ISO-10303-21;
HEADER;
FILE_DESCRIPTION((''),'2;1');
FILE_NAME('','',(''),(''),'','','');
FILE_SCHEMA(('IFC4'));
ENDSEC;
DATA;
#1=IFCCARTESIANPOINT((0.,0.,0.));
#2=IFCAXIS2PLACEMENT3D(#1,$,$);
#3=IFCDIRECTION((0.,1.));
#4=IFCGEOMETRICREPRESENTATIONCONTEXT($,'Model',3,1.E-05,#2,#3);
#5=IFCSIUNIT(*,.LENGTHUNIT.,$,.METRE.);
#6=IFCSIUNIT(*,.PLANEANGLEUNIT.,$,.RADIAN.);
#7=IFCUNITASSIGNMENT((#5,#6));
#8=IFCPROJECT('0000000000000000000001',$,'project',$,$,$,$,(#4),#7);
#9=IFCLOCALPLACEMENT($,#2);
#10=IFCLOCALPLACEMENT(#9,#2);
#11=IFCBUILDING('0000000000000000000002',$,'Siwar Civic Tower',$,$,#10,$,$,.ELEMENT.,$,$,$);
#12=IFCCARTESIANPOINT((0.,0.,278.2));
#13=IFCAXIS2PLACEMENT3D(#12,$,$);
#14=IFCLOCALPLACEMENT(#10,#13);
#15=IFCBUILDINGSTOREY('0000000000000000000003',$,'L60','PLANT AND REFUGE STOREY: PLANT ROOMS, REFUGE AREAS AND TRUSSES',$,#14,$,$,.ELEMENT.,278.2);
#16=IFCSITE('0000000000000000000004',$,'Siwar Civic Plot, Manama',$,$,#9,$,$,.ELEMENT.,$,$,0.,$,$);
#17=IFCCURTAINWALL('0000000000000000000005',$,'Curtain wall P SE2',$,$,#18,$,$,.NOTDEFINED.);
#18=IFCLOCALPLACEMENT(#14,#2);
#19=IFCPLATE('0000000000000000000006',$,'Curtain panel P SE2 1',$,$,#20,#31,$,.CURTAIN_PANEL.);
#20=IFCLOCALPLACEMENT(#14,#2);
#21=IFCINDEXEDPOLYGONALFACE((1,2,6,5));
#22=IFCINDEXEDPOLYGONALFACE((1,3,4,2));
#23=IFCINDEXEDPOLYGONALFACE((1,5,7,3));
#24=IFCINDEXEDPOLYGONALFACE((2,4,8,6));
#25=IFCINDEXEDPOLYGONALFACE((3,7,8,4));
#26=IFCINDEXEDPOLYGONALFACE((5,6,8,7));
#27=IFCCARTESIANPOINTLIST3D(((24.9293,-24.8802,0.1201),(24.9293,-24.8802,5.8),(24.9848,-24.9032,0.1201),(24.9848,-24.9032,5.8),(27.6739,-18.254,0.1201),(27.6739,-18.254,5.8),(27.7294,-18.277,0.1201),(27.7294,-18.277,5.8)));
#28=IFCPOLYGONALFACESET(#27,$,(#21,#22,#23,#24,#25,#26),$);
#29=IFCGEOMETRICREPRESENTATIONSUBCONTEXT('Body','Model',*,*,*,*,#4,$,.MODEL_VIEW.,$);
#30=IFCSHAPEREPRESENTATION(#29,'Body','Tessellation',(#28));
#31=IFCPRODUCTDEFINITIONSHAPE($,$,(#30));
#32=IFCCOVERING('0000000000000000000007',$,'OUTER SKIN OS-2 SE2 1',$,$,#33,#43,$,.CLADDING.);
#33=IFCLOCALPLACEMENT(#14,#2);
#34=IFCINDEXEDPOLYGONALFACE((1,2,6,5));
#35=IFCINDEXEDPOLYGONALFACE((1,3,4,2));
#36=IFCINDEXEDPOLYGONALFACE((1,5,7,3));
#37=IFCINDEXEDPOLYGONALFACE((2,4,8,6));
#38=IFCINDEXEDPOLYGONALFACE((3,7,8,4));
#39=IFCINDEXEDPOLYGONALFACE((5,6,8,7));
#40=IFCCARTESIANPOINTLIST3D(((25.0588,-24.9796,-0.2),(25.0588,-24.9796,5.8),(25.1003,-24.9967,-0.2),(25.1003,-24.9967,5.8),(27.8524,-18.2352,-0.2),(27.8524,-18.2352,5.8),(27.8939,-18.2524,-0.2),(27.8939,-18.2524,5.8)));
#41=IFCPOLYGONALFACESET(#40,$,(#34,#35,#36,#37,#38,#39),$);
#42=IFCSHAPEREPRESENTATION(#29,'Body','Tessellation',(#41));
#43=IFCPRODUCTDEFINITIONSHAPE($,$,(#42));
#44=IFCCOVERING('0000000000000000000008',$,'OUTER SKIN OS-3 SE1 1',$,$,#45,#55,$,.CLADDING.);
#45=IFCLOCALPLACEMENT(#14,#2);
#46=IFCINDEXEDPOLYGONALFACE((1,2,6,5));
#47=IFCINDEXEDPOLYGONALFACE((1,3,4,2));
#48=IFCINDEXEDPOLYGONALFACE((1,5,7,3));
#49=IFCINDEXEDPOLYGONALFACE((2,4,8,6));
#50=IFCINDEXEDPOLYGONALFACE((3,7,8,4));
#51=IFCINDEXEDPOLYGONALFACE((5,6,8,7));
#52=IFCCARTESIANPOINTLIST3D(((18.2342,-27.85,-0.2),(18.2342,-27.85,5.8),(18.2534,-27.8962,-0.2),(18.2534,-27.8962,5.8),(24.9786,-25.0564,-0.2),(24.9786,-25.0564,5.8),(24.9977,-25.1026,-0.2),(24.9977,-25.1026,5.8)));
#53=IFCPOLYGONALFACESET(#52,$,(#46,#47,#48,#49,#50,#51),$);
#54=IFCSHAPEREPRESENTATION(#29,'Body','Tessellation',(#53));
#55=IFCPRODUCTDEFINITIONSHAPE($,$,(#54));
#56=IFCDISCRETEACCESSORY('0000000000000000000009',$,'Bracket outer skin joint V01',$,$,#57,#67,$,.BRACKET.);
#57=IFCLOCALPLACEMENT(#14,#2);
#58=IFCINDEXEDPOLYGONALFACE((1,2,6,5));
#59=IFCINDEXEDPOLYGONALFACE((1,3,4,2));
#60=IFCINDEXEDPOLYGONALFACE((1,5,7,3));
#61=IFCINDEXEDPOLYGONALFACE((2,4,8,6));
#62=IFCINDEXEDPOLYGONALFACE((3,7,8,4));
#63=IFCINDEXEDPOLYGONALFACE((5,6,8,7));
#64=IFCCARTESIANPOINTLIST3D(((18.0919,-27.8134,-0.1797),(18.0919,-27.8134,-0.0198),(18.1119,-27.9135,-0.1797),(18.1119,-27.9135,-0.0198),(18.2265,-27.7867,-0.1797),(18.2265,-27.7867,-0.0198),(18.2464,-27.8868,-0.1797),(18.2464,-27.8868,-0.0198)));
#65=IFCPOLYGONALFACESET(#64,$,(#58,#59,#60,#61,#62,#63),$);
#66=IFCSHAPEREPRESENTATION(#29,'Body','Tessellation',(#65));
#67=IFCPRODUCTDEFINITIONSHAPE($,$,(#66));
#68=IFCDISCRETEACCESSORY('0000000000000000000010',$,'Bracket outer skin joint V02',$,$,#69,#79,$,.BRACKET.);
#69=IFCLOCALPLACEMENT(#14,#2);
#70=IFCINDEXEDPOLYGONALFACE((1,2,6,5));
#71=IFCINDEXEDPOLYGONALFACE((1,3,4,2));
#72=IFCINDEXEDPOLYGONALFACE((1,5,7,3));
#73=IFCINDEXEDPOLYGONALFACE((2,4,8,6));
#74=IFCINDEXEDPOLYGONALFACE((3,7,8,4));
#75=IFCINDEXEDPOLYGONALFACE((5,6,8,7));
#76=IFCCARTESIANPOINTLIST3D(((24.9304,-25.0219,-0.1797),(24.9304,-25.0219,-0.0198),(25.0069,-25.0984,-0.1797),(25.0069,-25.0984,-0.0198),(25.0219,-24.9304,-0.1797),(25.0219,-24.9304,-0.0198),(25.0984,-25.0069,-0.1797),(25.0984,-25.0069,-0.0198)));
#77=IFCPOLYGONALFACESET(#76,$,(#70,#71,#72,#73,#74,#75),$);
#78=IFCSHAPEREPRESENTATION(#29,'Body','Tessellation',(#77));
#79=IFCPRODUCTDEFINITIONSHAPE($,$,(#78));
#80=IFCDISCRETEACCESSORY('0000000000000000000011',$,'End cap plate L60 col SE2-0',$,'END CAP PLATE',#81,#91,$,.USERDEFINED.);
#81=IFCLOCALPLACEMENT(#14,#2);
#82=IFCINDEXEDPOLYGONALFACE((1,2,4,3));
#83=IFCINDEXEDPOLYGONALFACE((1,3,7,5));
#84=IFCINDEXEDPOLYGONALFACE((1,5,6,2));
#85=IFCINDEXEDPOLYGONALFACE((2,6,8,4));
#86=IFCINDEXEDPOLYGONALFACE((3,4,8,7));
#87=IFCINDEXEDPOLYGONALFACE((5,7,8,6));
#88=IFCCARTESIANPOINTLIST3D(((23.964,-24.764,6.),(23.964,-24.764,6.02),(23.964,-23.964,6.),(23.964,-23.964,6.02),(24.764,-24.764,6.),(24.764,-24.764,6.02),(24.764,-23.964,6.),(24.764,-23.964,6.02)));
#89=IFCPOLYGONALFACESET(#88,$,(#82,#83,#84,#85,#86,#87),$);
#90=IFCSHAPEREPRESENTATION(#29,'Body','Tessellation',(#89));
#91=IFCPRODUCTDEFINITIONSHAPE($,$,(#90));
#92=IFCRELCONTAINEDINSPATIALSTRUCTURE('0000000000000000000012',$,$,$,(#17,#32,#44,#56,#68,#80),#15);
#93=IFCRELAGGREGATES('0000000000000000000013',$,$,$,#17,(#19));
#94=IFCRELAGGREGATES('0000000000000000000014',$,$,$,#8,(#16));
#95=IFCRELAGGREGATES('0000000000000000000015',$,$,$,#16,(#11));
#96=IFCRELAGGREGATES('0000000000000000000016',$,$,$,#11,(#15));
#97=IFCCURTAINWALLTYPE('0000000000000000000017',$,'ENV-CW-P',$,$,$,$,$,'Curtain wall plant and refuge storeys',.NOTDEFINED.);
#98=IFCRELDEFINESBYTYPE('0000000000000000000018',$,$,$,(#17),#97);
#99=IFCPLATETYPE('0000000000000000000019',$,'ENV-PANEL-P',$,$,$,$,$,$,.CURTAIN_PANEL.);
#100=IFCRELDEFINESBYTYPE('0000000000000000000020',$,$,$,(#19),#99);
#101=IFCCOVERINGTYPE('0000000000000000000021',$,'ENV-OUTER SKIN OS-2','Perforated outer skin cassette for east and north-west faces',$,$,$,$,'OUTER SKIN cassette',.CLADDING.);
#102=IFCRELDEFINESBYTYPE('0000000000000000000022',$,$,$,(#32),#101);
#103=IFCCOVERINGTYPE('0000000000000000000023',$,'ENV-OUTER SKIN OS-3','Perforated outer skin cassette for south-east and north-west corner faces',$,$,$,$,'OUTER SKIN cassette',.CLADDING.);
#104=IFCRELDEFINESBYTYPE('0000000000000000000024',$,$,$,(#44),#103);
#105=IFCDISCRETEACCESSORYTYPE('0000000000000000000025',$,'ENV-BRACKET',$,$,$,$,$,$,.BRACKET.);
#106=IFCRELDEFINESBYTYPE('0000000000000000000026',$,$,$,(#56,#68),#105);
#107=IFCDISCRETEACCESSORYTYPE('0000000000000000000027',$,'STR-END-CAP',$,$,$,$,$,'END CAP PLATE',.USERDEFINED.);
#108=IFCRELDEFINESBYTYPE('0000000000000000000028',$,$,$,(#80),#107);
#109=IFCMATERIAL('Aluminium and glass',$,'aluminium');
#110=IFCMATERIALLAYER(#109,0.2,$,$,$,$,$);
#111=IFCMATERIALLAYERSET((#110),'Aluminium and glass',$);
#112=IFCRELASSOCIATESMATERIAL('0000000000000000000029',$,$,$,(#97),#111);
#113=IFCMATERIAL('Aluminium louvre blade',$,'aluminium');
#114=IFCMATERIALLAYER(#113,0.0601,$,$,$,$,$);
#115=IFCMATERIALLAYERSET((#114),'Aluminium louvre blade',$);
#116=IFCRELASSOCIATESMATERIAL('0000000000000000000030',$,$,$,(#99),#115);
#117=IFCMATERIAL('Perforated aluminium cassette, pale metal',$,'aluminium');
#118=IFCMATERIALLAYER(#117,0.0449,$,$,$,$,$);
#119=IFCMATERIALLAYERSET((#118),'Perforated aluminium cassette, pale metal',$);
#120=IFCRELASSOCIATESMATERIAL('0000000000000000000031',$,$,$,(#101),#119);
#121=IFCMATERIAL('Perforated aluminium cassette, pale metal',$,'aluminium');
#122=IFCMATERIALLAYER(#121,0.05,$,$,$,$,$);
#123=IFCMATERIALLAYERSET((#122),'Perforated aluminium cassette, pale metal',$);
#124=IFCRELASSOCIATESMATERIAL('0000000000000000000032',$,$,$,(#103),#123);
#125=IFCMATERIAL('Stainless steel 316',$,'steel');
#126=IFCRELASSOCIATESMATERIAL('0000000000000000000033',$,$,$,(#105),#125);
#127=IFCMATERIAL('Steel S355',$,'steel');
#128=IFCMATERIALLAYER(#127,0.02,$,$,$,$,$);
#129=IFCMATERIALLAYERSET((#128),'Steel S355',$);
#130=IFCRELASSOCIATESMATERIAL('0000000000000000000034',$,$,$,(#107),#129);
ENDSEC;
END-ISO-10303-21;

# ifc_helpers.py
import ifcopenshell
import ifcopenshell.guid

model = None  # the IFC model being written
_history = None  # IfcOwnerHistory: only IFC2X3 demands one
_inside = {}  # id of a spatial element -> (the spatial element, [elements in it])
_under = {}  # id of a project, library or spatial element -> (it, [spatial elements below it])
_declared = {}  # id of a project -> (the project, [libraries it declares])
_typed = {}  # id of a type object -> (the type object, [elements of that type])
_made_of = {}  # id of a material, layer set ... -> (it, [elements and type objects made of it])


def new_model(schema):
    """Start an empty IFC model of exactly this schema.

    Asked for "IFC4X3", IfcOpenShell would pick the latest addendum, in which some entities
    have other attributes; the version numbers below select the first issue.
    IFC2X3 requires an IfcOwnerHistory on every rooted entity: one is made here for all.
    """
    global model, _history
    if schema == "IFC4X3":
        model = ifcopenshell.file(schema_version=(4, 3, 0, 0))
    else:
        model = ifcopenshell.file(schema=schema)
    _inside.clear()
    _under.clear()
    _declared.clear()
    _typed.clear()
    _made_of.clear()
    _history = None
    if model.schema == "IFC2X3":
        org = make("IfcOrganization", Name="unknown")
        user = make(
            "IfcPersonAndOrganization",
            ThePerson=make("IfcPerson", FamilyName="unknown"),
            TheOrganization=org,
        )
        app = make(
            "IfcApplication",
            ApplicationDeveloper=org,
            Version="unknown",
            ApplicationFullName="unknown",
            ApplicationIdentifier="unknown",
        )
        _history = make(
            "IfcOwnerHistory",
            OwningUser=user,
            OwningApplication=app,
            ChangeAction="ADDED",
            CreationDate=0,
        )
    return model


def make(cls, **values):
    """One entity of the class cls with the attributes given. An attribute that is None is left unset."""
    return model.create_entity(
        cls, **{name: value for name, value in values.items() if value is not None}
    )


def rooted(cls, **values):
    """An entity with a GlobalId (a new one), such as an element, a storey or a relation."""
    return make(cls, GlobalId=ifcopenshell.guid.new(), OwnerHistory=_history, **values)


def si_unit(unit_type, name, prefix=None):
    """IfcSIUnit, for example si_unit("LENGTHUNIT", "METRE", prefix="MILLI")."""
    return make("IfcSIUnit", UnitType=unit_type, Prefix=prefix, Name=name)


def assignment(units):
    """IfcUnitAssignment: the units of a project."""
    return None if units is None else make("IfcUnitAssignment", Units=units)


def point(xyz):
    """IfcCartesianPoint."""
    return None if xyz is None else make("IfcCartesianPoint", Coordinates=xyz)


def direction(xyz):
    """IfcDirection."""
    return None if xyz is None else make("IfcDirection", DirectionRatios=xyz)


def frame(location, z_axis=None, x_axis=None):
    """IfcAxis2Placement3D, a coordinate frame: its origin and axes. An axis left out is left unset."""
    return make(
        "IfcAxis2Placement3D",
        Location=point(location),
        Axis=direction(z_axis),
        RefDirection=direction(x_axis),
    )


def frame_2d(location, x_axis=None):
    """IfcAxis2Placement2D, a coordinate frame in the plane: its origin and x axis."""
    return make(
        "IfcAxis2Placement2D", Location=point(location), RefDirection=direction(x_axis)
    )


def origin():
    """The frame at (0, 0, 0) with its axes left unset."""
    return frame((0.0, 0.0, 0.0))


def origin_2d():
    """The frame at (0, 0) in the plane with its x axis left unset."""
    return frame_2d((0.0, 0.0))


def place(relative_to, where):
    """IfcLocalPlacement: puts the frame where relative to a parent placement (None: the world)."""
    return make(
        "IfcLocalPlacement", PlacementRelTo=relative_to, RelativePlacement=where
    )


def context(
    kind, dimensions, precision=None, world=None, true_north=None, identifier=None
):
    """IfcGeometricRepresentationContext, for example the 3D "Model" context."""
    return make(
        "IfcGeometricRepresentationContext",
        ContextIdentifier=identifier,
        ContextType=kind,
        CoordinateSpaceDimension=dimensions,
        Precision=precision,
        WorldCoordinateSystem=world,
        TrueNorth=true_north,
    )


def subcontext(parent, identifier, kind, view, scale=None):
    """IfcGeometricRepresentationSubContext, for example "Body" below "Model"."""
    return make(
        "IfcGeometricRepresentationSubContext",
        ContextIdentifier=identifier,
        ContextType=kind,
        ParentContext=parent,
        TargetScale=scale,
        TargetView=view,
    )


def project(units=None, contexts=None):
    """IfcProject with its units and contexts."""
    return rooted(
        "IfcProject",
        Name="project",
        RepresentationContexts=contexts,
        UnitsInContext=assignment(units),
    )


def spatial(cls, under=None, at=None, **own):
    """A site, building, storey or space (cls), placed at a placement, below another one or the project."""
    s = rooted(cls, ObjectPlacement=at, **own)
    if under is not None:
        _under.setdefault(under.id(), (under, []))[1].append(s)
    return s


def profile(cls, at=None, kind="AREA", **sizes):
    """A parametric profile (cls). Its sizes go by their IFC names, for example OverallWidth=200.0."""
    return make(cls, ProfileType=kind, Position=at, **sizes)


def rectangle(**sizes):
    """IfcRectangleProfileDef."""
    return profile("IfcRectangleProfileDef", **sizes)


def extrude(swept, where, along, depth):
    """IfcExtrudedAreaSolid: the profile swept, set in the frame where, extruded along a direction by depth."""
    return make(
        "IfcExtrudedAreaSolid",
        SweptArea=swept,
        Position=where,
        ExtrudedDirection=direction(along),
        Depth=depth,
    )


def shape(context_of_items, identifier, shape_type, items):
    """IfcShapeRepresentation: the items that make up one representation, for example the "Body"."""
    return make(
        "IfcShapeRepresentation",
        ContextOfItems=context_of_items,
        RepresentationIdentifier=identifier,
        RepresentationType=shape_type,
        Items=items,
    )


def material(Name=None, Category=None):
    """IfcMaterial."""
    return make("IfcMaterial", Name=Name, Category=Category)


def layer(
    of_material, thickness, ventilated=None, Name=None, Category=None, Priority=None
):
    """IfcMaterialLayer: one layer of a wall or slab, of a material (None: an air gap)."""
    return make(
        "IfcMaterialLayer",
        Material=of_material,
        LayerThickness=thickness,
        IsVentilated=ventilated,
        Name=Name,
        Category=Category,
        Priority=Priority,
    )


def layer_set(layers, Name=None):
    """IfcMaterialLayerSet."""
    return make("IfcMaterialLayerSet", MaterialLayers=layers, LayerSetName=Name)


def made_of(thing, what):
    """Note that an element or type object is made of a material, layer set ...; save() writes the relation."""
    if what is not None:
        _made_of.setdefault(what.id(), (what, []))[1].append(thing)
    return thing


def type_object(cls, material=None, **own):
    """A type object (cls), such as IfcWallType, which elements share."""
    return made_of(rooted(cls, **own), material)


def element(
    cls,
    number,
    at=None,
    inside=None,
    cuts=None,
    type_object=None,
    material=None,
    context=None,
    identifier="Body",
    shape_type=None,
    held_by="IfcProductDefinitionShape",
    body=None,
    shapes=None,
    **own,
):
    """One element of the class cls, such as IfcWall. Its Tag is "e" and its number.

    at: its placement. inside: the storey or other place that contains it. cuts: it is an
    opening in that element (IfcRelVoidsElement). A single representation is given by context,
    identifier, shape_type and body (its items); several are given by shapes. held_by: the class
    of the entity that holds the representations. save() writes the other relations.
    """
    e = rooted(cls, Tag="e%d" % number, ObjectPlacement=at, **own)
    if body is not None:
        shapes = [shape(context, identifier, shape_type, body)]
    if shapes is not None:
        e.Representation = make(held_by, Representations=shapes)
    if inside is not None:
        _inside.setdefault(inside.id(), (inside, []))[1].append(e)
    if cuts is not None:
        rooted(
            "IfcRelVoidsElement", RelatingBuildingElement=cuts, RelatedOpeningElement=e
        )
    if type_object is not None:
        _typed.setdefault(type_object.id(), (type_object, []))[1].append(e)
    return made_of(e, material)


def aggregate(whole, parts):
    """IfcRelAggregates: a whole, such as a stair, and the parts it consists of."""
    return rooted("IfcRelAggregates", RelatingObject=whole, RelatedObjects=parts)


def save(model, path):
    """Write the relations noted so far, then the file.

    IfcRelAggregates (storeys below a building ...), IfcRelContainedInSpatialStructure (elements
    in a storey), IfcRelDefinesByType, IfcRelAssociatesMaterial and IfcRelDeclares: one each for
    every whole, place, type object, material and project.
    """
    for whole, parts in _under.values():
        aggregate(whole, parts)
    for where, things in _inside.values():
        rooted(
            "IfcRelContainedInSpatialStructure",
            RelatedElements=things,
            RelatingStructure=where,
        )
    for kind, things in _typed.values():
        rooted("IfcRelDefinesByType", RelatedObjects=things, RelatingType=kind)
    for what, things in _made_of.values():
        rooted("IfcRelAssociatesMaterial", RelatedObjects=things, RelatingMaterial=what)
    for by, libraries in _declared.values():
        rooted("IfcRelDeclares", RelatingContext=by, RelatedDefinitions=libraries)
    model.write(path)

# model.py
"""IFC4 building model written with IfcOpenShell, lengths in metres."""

from ifc_helpers import new_model, si_unit, direction, frame, origin, origin_2d, place, context, subcontext, project, spatial, rectangle, extrude, material, layer, layer_set, type_object, element, aggregate, save


model = new_model("IFC4")

# Units and contexts
model_context = context("Model", 3, precision=1e-05, world=origin(), true_north=direction((0.0, 1.0)))
body_context = subcontext(model_context, "Body", "Model", "MODEL_VIEW")
ifc_project = project(units=[si_unit("LENGTHUNIT", "METRE"), si_unit("PLANEANGLEUNIT", "RADIAN")], contexts=[model_context])

# Site, building, storey
site_placement = place(None, origin())
site = spatial("IfcSite", under=ifc_project, at=site_placement, Name="Siwar Civic Plot, Manama", CompositionType="ELEMENT", RefElevation=0.0)
building_placement = place(site_placement, origin())
building = spatial("IfcBuilding", under=site, at=building_placement, Name="Siwar Civic Tower", CompositionType="ELEMENT")
storey_placement = place(building_placement, frame((0.0, 0.0, 278.2)))
storey = spatial("IfcBuildingStorey", under=building, at=storey_placement, Name="L60", Description="PLANT AND REFUGE STOREY: PLANT ROOMS, REFUGE AREAS AND TRUSSES", CompositionType="ELEMENT", Elevation=278.2)

# Curtain wall
ifc_material_1 = material(Name="Aluminium and glass", Category="aluminium")
ifc_layer_1 = layer(ifc_material_1, 0.2)
ifc_layer_set_1 = layer_set([ifc_layer_1], Name="Aluminium and glass")
curtain_wall_type = type_object("IfcCurtainWallType", Name="ENV-CW-P", ElementType="Curtain wall plant and refuge storeys", PredefinedType="NOTDEFINED", material=ifc_layer_set_1)
curtain_wall_1_placement = place(storey_placement, origin())
curtain_wall_1 = element("IfcCurtainWall", 1, at=curtain_wall_1_placement, inside=storey, type_object=curtain_wall_type, Name="Curtain wall P SE2", PredefinedType="NOTDEFINED")

# Plate
ifc_material_2 = material(Name="Aluminium louvre blade", Category="aluminium")
ifc_layer_2 = layer(ifc_material_2, 0.0601)
ifc_layer_set_2 = layer_set([ifc_layer_2], Name="Aluminium louvre blade")
plate_type = type_object("IfcPlateType", Name="ENV-PANEL-P", PredefinedType="CURTAIN_PANEL", material=ifc_layer_set_2)
plate_1_placement = place(storey_placement, frame((26.3293, -21.5786, 0.1201), z_axis=(0.0, 0.0, 1.0), x_axis=(0.382683, 0.92388, 0.0)))
plate_1 = element("IfcPlate", 2, at=plate_1_placement, type_object=plate_type, Name="Curtain panel P SE2 1", PredefinedType="CURTAIN_PANEL", context=body_context, shape_type="SweptSolid", body=[
    extrude(rectangle(XDim=7.1721, YDim=0.0601, at=origin_2d()), origin(), (0.0, 0.0, 1.0), 5.6799),
])
aggregate(curtain_wall_1, [plate_1])

# Coverings
ifc_material_3 = material(Name="Perforated aluminium cassette, pale metal", Category="aluminium")
ifc_layer_3 = layer(ifc_material_3, 0.0449)
ifc_layer_set_3 = layer_set([ifc_layer_3], Name="Perforated aluminium cassette, pale metal")
covering_type_1 = type_object("IfcCoveringType", Name="ENV-OUTER SKIN OS-2", Description="Perforated outer skin cassette for east and north-west faces", ElementType="OUTER SKIN cassette", PredefinedType="CLADDING", material=ifc_layer_set_3)
covering_1_placement = place(storey_placement, frame((26.4763, -21.616, -0.2), z_axis=(0.0, 0.0, 1.0), x_axis=(0.382683, 0.92388, 0.0)))
element("IfcCovering", 3, at=covering_1_placement, inside=storey, type_object=covering_type_1, Name="OUTER SKIN OS-2 SE2 1", PredefinedType="CLADDING", context=body_context, shape_type="SweptSolid", body=[
    extrude(rectangle(XDim=7.3, YDim=0.0449, at=origin_2d()), origin(), (0.0, 0.0, 1.0), 6.0),
])
ifc_material_4 = material(Name="Perforated aluminium cassette, pale metal", Category="aluminium")
ifc_layer_4 = layer(ifc_material_4, 0.05)
ifc_layer_set_4 = layer_set([ifc_layer_4], Name="Perforated aluminium cassette, pale metal")
covering_type_2 = type_object("IfcCoveringType", Name="ENV-OUTER SKIN OS-3", Description="Perforated outer skin cassette for south-east and north-west corner faces", ElementType="OUTER SKIN cassette", PredefinedType="CLADDING", material=ifc_layer_set_4)
covering_2_placement = place(storey_placement, frame((21.616, -26.4763, -0.2), z_axis=(0.0, 0.0, 1.0), x_axis=(0.92388, 0.382683, 0.0)))
element("IfcCovering", 4, at=covering_2_placement, inside=storey, type_object=covering_type_2, Name="OUTER SKIN OS-3 SE1 1", PredefinedType="CLADDING", context=body_context, shape_type="SweptSolid", body=[
    extrude(rectangle(XDim=7.3, YDim=0.05, at=origin_2d()), origin(), (0.0, 0.0, 1.0), 6.0),
])

# Discrete accessories
ifc_material_5 = material(Name="Stainless steel 316", Category="steel")
discrete_accessory_type_1 = type_object("IfcDiscreteAccessoryType", Name="ENV-BRACKET", PredefinedType="BRACKET", material=ifc_material_5)
discrete_accessory_1_placement = place(storey_placement, frame((18.1692, -27.8501, -0.1797), z_axis=(0.0, 0.0, 1.0), x_axis=(0.19509, -0.980785, 0.0)))
element("IfcDiscreteAccessory", 5, at=discrete_accessory_1_placement, inside=storey, type_object=discrete_accessory_type_1, Name="Bracket outer skin joint V01", PredefinedType="BRACKET", context=body_context, shape_type="SweptSolid", body=[
    extrude(rectangle(XDim=0.1021, YDim=0.1372, at=origin_2d()), origin(), (0.0, 0.0, 1.0), 0.1599),
])
discrete_accessory_2_placement = place(storey_placement, frame((25.0144, -25.0144, -0.1797), z_axis=(0.0, 0.0, 1.0), x_axis=(0.707107, -0.707107, 0.0)))
element("IfcDiscreteAccessory", 6, at=discrete_accessory_2_placement, inside=storey, type_object=discrete_accessory_type_1, Name="Bracket outer skin joint V02", PredefinedType="BRACKET", context=body_context, shape_type="SweptSolid", body=[
    extrude(rectangle(XDim=0.1082, YDim=0.1294, at=origin_2d()), origin(), (0.0, 0.0, 1.0), 0.1599),
])
ifc_material_6 = material(Name="Steel S355", Category="steel")
ifc_layer_5 = layer(ifc_material_6, 0.02)
ifc_layer_set_5 = layer_set([ifc_layer_5], Name="Steel S355")
discrete_accessory_type_2 = type_object("IfcDiscreteAccessoryType", Name="STR-END-CAP", ElementType="END CAP PLATE", PredefinedType="USERDEFINED", material=ifc_layer_set_5)
discrete_accessory_3_placement = place(storey_placement, frame((24.364, -24.364, 6.0), z_axis=(0.0, 0.0, 1.0), x_axis=(1.0, 0.0, 0.0)))
element("IfcDiscreteAccessory", 7, at=discrete_accessory_3_placement, inside=storey, type_object=discrete_accessory_type_2, Name="End cap plate L60 col SE2-0", ObjectType="END CAP PLATE", PredefinedType="USERDEFINED", context=body_context, shape_type="SweptSolid", body=[
    extrude(rectangle(XDim=0.8, YDim=0.8, at=origin_2d()), origin(), (0.0, 0.0, 1.0), 0.02),
])

save(model, "model.ifc")
